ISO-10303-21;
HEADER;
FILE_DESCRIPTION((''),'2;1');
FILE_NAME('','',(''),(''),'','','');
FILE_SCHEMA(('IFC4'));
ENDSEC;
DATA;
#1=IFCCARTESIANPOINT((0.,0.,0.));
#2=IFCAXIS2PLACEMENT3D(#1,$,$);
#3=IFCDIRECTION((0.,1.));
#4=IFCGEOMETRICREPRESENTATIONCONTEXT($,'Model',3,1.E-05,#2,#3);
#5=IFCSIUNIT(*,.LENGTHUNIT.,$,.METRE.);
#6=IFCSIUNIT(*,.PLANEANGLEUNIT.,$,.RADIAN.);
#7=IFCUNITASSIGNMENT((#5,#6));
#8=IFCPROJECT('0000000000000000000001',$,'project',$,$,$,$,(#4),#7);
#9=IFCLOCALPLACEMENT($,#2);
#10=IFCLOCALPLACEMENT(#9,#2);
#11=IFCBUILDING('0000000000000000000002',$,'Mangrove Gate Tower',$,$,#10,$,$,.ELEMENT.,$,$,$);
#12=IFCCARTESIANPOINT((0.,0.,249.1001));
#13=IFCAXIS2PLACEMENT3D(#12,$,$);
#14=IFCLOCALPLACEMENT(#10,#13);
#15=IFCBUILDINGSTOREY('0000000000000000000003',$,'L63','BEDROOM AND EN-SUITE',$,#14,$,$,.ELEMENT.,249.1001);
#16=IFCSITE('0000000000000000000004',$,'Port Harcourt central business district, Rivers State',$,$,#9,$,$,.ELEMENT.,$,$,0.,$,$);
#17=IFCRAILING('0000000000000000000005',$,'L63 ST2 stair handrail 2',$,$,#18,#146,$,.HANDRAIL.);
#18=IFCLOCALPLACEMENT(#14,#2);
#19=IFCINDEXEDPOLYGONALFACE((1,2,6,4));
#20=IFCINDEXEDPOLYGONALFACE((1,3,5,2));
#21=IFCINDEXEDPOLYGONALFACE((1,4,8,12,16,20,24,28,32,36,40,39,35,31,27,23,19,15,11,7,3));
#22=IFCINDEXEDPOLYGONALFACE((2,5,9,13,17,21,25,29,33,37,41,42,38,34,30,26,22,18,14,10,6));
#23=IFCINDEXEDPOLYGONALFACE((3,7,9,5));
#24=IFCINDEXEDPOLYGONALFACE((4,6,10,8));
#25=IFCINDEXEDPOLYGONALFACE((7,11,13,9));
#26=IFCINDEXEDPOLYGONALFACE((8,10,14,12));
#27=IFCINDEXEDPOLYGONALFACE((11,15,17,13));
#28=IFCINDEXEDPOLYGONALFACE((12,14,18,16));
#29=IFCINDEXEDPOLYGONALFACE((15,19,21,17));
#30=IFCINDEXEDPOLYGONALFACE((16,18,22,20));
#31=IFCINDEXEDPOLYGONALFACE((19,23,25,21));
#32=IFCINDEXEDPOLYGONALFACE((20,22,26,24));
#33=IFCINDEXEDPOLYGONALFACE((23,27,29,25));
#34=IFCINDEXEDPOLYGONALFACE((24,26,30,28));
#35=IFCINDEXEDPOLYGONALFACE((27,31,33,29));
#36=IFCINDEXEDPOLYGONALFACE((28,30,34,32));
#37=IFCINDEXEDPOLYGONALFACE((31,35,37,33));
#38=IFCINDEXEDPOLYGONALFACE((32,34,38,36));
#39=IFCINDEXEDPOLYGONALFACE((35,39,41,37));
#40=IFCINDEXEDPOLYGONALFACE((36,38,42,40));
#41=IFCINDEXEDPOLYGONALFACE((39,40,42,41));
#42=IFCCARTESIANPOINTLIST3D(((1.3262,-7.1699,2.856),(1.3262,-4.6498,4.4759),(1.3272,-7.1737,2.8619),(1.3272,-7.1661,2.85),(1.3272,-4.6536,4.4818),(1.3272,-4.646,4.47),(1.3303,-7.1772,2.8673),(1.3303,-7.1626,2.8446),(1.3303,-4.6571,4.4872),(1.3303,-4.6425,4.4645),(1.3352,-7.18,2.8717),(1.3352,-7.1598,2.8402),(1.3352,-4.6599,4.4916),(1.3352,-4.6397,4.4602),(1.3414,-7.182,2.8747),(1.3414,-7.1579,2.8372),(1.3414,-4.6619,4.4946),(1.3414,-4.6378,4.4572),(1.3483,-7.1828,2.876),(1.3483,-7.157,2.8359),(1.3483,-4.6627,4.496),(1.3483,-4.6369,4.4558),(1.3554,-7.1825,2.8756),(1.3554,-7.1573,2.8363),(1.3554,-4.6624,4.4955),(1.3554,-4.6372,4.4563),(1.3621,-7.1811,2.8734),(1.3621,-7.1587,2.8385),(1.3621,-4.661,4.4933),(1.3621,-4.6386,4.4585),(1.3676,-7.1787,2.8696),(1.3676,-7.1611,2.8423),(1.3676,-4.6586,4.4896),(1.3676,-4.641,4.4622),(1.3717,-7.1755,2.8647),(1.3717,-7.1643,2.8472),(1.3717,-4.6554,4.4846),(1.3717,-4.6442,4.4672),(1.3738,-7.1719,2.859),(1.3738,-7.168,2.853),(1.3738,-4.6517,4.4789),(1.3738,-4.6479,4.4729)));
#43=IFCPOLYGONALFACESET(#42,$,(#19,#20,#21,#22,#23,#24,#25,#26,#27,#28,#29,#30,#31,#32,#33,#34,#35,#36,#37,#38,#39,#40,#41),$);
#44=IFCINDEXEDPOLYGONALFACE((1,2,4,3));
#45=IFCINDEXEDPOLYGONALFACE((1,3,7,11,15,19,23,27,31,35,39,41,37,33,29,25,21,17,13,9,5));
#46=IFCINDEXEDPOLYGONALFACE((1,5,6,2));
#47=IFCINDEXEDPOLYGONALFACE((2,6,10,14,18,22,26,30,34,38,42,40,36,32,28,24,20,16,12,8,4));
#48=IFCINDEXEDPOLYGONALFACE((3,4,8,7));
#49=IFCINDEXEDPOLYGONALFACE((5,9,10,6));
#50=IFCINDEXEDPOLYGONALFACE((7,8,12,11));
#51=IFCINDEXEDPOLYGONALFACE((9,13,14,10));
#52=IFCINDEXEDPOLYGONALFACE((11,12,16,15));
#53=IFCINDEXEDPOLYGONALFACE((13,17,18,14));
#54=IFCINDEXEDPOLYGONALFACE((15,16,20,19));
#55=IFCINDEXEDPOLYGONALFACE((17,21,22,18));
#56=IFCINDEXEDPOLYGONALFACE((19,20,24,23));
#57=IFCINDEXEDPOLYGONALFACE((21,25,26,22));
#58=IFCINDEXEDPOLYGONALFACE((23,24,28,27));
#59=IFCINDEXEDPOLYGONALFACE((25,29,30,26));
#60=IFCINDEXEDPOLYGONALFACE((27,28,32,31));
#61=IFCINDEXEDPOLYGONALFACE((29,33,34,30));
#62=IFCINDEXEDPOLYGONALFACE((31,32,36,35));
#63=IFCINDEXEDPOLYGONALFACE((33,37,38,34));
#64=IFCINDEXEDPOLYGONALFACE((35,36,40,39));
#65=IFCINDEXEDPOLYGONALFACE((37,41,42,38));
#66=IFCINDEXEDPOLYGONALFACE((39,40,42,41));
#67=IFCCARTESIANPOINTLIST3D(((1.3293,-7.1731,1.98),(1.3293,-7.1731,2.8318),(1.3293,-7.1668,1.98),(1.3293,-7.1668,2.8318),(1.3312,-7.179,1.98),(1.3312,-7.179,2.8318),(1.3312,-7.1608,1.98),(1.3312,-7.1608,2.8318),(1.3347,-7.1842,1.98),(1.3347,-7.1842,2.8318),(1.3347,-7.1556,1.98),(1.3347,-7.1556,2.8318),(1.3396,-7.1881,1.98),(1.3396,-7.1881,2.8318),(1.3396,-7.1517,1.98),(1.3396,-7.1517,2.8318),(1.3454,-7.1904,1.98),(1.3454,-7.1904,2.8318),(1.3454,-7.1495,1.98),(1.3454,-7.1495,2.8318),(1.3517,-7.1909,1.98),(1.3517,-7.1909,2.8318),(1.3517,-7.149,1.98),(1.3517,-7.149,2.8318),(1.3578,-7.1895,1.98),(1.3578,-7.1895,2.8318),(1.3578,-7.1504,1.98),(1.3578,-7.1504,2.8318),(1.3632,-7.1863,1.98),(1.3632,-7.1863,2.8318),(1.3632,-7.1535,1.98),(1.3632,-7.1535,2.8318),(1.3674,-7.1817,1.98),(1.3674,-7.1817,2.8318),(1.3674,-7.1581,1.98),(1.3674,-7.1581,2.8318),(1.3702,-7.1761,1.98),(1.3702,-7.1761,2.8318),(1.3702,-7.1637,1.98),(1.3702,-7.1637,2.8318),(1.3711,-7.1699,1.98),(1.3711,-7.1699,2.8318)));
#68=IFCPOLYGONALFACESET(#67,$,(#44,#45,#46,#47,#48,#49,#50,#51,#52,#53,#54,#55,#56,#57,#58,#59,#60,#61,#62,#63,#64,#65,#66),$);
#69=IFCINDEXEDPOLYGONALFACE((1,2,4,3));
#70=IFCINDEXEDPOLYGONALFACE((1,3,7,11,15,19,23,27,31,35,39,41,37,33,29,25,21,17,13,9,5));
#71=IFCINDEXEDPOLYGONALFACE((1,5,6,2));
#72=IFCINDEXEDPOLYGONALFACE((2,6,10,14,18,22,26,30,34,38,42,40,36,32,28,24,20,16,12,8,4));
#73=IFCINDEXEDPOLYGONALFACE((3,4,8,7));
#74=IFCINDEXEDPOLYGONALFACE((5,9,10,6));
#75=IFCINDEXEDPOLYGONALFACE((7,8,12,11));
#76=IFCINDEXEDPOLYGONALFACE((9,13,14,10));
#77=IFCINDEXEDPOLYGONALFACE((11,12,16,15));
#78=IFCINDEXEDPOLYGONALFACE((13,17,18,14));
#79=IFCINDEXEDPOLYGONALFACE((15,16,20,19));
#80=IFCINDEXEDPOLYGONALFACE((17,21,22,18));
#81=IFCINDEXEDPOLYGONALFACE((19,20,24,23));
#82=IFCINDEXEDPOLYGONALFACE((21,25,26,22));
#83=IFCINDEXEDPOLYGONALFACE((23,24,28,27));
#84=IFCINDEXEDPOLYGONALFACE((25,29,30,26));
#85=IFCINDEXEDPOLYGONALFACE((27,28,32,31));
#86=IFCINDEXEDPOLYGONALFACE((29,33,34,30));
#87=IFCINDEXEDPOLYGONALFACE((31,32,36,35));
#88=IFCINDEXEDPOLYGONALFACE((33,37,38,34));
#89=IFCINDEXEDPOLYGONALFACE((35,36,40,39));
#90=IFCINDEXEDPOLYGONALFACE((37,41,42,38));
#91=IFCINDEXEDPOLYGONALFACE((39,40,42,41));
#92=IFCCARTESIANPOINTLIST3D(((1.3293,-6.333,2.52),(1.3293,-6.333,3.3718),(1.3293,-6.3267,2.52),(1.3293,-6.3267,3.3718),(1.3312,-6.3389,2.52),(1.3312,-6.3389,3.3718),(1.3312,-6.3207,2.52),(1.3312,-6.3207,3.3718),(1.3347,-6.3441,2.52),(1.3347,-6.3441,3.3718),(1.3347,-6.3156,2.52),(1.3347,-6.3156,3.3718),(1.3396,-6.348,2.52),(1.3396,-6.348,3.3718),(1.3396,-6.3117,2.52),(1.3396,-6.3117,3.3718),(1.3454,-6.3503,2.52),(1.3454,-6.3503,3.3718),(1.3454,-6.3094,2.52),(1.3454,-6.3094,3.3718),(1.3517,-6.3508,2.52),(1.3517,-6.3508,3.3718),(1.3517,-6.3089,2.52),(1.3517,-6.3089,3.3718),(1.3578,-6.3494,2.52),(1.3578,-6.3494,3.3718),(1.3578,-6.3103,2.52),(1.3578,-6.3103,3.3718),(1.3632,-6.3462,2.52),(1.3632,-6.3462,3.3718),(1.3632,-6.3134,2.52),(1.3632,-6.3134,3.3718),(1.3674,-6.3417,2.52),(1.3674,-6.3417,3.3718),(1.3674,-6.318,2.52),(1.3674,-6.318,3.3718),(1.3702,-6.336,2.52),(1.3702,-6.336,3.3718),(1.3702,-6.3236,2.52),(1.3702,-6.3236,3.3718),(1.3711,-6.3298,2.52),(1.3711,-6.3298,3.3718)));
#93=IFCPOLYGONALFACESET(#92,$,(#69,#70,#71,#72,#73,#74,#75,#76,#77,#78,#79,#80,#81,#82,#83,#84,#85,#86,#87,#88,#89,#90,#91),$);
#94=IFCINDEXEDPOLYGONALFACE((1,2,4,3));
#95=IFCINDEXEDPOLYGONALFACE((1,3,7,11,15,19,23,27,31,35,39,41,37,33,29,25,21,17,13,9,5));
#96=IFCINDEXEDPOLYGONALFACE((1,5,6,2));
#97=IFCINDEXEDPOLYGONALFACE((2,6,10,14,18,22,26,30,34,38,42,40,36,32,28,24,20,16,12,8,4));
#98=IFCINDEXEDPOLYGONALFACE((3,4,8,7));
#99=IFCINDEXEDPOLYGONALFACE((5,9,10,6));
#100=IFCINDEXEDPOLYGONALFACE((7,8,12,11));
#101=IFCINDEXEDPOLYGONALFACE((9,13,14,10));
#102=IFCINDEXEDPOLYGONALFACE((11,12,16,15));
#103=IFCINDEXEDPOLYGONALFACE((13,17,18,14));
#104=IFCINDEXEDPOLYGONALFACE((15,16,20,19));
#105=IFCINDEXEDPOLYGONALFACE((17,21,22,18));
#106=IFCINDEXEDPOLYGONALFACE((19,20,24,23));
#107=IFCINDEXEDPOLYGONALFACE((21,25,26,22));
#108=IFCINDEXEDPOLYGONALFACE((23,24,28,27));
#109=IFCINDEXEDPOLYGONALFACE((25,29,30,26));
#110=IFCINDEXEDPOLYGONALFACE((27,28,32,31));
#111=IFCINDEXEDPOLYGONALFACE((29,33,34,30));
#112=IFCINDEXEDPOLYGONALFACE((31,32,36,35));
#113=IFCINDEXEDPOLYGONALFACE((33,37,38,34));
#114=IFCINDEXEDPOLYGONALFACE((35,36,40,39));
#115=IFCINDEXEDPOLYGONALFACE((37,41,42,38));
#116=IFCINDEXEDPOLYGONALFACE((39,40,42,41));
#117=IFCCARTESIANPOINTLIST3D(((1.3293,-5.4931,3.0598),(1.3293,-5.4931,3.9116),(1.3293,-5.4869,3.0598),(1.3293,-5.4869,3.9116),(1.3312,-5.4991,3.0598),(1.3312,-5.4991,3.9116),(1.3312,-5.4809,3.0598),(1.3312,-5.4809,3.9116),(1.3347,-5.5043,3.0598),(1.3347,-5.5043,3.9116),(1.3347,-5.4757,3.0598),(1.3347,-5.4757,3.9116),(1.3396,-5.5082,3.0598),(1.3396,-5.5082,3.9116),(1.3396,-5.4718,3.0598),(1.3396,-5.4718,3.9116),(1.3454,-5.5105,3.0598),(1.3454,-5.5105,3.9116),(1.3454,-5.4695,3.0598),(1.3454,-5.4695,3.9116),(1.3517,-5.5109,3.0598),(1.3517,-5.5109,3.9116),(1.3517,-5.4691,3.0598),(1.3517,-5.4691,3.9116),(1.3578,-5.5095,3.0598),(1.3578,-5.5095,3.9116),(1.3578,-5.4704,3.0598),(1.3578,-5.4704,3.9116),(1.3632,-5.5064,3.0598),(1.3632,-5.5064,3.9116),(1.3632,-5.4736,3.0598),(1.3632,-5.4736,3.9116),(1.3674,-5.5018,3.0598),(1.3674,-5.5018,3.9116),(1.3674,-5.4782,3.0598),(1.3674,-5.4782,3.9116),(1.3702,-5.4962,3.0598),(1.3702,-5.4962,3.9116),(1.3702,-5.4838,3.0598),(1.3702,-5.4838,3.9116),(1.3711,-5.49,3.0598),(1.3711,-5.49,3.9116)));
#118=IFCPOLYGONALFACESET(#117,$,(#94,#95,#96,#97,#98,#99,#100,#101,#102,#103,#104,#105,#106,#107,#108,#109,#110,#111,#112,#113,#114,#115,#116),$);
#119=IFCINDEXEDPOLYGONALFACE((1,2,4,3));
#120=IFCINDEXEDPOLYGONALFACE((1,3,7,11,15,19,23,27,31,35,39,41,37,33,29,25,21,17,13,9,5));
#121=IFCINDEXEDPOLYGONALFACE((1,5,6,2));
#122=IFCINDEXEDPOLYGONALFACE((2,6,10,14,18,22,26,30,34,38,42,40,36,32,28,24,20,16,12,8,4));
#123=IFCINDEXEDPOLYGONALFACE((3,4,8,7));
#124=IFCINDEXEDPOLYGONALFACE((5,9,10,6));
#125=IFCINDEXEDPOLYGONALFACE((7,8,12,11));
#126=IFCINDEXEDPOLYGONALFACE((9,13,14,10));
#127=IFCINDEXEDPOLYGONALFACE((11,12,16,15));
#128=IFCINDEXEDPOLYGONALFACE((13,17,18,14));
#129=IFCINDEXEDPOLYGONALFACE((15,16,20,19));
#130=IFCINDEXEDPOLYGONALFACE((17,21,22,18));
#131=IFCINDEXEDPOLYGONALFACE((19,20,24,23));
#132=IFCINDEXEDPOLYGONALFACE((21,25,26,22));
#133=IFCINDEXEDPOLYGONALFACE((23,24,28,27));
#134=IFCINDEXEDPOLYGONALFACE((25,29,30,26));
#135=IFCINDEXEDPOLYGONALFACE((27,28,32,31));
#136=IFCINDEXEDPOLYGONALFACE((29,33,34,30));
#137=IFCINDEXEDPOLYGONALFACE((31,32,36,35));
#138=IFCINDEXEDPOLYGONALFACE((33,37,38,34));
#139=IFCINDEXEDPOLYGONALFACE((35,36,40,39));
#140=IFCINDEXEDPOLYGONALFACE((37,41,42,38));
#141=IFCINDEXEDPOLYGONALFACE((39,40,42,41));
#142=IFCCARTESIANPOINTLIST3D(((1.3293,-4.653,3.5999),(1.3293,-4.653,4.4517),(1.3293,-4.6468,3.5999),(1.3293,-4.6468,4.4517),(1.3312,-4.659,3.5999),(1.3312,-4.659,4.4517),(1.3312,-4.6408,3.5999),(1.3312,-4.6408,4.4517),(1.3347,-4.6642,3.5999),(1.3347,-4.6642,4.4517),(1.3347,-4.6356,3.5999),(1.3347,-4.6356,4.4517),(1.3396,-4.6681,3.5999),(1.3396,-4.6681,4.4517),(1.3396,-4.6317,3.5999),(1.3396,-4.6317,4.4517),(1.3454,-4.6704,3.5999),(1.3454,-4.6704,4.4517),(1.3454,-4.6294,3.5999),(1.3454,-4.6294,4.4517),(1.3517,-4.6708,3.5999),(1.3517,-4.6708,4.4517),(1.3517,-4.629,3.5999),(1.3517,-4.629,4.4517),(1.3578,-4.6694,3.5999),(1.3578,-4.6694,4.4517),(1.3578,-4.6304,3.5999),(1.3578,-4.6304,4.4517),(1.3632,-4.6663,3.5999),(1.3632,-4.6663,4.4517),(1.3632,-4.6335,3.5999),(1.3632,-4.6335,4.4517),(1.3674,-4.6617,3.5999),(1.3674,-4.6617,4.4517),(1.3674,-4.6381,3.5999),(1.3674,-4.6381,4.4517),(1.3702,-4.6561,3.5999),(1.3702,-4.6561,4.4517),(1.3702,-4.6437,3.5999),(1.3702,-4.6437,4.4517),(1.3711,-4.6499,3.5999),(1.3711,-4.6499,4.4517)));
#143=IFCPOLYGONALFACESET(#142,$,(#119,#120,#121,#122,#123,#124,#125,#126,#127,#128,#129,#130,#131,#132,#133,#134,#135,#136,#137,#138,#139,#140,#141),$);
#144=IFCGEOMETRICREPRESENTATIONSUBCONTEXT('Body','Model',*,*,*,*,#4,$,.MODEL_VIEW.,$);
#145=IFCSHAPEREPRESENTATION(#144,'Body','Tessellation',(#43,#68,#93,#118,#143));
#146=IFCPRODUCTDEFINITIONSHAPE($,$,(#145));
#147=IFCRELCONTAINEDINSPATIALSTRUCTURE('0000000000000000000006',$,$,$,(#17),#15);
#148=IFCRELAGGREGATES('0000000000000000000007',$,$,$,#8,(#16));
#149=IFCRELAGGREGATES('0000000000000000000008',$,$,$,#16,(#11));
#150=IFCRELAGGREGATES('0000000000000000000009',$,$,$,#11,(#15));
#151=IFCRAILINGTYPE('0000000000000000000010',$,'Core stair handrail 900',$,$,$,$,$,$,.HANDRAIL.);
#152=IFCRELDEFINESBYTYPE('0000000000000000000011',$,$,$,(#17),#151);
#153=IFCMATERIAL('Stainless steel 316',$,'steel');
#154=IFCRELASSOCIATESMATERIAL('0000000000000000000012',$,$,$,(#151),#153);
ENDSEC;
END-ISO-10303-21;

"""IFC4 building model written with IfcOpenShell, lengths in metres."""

from ifc_helpers import new_model, si_unit, direction, frame, origin, origin_2d, place, context, subcontext, project, spatial, circle, extrude, material, type_object, element, save


model = new_model("IFC4")

# Units and contexts
model_context = context("Model", 3, precision=1e-05, world=origin(), true_north=direction((0.0, 1.0)))
body_context = subcontext(model_context, "Body", "Model", "MODEL_VIEW")
ifc_project = project(units=[si_unit("LENGTHUNIT", "METRE"), si_unit("PLANEANGLEUNIT", "RADIAN")], contexts=[model_context])

# Site, building, storey
site_placement = place(None, origin())
site = spatial("IfcSite", under=ifc_project, at=site_placement, Name="Port Harcourt central business district, Rivers State", CompositionType="ELEMENT", RefElevation=0.0)
building_placement = place(site_placement, origin())
building = spatial("IfcBuilding", under=site, at=building_placement, Name="Mangrove Gate Tower", CompositionType="ELEMENT")
storey_placement = place(building_placement, frame((0.0, 0.0, 249.1001)))
storey = spatial("IfcBuildingStorey", under=building, at=storey_placement, Name="L63", Description="BEDROOM AND EN-SUITE", CompositionType="ELEMENT", Elevation=249.1001)

# Railing
ifc_material_1 = material(Name="Stainless steel 316", Category="steel")
railing_type_1 = type_object("IfcRailingType", Name="Core stair handrail 900", PredefinedType="HANDRAIL", material=ifc_material_1)
railing_1_placement = place(storey_placement, frame((1.3501, -7.1699, 1.98)))
element("IfcRailing", 1, at=railing_1_placement, inside=storey, type_object=railing_type_1, Name="L63 ST2 stair handrail 2", PredefinedType="HANDRAIL", context=body_context, shape_type="SweptSolid", body=[
    extrude(circle(Radius=0.0239, at=origin_2d()), frame((0.0, 0.0, 0.876), z_axis=(0.0, 0.8412, 0.540725), x_axis=(-1.0, 0.0, 0.0)), (0.0, 0.0, 1.0), 2.9958),
    extrude(circle(Radius=0.021, at=origin_2d()), origin(), (0.0, 0.0, 1.0), 0.8518),
    extrude(circle(Radius=0.021, at=origin_2d()), frame((0.0, 0.8401, 0.54)), (0.0, 0.0, 1.0), 0.8518),
    extrude(circle(Radius=0.021, at=origin_2d()), frame((0.0, 1.6799, 1.0798)), (0.0, 0.0, 1.0), 0.8518),
    extrude(circle(Radius=0.021, at=origin_2d()), frame((0.0, 2.52, 1.6199)), (0.0, 0.0, 1.0), 0.8518),
])

save(model, "model.ifc")
